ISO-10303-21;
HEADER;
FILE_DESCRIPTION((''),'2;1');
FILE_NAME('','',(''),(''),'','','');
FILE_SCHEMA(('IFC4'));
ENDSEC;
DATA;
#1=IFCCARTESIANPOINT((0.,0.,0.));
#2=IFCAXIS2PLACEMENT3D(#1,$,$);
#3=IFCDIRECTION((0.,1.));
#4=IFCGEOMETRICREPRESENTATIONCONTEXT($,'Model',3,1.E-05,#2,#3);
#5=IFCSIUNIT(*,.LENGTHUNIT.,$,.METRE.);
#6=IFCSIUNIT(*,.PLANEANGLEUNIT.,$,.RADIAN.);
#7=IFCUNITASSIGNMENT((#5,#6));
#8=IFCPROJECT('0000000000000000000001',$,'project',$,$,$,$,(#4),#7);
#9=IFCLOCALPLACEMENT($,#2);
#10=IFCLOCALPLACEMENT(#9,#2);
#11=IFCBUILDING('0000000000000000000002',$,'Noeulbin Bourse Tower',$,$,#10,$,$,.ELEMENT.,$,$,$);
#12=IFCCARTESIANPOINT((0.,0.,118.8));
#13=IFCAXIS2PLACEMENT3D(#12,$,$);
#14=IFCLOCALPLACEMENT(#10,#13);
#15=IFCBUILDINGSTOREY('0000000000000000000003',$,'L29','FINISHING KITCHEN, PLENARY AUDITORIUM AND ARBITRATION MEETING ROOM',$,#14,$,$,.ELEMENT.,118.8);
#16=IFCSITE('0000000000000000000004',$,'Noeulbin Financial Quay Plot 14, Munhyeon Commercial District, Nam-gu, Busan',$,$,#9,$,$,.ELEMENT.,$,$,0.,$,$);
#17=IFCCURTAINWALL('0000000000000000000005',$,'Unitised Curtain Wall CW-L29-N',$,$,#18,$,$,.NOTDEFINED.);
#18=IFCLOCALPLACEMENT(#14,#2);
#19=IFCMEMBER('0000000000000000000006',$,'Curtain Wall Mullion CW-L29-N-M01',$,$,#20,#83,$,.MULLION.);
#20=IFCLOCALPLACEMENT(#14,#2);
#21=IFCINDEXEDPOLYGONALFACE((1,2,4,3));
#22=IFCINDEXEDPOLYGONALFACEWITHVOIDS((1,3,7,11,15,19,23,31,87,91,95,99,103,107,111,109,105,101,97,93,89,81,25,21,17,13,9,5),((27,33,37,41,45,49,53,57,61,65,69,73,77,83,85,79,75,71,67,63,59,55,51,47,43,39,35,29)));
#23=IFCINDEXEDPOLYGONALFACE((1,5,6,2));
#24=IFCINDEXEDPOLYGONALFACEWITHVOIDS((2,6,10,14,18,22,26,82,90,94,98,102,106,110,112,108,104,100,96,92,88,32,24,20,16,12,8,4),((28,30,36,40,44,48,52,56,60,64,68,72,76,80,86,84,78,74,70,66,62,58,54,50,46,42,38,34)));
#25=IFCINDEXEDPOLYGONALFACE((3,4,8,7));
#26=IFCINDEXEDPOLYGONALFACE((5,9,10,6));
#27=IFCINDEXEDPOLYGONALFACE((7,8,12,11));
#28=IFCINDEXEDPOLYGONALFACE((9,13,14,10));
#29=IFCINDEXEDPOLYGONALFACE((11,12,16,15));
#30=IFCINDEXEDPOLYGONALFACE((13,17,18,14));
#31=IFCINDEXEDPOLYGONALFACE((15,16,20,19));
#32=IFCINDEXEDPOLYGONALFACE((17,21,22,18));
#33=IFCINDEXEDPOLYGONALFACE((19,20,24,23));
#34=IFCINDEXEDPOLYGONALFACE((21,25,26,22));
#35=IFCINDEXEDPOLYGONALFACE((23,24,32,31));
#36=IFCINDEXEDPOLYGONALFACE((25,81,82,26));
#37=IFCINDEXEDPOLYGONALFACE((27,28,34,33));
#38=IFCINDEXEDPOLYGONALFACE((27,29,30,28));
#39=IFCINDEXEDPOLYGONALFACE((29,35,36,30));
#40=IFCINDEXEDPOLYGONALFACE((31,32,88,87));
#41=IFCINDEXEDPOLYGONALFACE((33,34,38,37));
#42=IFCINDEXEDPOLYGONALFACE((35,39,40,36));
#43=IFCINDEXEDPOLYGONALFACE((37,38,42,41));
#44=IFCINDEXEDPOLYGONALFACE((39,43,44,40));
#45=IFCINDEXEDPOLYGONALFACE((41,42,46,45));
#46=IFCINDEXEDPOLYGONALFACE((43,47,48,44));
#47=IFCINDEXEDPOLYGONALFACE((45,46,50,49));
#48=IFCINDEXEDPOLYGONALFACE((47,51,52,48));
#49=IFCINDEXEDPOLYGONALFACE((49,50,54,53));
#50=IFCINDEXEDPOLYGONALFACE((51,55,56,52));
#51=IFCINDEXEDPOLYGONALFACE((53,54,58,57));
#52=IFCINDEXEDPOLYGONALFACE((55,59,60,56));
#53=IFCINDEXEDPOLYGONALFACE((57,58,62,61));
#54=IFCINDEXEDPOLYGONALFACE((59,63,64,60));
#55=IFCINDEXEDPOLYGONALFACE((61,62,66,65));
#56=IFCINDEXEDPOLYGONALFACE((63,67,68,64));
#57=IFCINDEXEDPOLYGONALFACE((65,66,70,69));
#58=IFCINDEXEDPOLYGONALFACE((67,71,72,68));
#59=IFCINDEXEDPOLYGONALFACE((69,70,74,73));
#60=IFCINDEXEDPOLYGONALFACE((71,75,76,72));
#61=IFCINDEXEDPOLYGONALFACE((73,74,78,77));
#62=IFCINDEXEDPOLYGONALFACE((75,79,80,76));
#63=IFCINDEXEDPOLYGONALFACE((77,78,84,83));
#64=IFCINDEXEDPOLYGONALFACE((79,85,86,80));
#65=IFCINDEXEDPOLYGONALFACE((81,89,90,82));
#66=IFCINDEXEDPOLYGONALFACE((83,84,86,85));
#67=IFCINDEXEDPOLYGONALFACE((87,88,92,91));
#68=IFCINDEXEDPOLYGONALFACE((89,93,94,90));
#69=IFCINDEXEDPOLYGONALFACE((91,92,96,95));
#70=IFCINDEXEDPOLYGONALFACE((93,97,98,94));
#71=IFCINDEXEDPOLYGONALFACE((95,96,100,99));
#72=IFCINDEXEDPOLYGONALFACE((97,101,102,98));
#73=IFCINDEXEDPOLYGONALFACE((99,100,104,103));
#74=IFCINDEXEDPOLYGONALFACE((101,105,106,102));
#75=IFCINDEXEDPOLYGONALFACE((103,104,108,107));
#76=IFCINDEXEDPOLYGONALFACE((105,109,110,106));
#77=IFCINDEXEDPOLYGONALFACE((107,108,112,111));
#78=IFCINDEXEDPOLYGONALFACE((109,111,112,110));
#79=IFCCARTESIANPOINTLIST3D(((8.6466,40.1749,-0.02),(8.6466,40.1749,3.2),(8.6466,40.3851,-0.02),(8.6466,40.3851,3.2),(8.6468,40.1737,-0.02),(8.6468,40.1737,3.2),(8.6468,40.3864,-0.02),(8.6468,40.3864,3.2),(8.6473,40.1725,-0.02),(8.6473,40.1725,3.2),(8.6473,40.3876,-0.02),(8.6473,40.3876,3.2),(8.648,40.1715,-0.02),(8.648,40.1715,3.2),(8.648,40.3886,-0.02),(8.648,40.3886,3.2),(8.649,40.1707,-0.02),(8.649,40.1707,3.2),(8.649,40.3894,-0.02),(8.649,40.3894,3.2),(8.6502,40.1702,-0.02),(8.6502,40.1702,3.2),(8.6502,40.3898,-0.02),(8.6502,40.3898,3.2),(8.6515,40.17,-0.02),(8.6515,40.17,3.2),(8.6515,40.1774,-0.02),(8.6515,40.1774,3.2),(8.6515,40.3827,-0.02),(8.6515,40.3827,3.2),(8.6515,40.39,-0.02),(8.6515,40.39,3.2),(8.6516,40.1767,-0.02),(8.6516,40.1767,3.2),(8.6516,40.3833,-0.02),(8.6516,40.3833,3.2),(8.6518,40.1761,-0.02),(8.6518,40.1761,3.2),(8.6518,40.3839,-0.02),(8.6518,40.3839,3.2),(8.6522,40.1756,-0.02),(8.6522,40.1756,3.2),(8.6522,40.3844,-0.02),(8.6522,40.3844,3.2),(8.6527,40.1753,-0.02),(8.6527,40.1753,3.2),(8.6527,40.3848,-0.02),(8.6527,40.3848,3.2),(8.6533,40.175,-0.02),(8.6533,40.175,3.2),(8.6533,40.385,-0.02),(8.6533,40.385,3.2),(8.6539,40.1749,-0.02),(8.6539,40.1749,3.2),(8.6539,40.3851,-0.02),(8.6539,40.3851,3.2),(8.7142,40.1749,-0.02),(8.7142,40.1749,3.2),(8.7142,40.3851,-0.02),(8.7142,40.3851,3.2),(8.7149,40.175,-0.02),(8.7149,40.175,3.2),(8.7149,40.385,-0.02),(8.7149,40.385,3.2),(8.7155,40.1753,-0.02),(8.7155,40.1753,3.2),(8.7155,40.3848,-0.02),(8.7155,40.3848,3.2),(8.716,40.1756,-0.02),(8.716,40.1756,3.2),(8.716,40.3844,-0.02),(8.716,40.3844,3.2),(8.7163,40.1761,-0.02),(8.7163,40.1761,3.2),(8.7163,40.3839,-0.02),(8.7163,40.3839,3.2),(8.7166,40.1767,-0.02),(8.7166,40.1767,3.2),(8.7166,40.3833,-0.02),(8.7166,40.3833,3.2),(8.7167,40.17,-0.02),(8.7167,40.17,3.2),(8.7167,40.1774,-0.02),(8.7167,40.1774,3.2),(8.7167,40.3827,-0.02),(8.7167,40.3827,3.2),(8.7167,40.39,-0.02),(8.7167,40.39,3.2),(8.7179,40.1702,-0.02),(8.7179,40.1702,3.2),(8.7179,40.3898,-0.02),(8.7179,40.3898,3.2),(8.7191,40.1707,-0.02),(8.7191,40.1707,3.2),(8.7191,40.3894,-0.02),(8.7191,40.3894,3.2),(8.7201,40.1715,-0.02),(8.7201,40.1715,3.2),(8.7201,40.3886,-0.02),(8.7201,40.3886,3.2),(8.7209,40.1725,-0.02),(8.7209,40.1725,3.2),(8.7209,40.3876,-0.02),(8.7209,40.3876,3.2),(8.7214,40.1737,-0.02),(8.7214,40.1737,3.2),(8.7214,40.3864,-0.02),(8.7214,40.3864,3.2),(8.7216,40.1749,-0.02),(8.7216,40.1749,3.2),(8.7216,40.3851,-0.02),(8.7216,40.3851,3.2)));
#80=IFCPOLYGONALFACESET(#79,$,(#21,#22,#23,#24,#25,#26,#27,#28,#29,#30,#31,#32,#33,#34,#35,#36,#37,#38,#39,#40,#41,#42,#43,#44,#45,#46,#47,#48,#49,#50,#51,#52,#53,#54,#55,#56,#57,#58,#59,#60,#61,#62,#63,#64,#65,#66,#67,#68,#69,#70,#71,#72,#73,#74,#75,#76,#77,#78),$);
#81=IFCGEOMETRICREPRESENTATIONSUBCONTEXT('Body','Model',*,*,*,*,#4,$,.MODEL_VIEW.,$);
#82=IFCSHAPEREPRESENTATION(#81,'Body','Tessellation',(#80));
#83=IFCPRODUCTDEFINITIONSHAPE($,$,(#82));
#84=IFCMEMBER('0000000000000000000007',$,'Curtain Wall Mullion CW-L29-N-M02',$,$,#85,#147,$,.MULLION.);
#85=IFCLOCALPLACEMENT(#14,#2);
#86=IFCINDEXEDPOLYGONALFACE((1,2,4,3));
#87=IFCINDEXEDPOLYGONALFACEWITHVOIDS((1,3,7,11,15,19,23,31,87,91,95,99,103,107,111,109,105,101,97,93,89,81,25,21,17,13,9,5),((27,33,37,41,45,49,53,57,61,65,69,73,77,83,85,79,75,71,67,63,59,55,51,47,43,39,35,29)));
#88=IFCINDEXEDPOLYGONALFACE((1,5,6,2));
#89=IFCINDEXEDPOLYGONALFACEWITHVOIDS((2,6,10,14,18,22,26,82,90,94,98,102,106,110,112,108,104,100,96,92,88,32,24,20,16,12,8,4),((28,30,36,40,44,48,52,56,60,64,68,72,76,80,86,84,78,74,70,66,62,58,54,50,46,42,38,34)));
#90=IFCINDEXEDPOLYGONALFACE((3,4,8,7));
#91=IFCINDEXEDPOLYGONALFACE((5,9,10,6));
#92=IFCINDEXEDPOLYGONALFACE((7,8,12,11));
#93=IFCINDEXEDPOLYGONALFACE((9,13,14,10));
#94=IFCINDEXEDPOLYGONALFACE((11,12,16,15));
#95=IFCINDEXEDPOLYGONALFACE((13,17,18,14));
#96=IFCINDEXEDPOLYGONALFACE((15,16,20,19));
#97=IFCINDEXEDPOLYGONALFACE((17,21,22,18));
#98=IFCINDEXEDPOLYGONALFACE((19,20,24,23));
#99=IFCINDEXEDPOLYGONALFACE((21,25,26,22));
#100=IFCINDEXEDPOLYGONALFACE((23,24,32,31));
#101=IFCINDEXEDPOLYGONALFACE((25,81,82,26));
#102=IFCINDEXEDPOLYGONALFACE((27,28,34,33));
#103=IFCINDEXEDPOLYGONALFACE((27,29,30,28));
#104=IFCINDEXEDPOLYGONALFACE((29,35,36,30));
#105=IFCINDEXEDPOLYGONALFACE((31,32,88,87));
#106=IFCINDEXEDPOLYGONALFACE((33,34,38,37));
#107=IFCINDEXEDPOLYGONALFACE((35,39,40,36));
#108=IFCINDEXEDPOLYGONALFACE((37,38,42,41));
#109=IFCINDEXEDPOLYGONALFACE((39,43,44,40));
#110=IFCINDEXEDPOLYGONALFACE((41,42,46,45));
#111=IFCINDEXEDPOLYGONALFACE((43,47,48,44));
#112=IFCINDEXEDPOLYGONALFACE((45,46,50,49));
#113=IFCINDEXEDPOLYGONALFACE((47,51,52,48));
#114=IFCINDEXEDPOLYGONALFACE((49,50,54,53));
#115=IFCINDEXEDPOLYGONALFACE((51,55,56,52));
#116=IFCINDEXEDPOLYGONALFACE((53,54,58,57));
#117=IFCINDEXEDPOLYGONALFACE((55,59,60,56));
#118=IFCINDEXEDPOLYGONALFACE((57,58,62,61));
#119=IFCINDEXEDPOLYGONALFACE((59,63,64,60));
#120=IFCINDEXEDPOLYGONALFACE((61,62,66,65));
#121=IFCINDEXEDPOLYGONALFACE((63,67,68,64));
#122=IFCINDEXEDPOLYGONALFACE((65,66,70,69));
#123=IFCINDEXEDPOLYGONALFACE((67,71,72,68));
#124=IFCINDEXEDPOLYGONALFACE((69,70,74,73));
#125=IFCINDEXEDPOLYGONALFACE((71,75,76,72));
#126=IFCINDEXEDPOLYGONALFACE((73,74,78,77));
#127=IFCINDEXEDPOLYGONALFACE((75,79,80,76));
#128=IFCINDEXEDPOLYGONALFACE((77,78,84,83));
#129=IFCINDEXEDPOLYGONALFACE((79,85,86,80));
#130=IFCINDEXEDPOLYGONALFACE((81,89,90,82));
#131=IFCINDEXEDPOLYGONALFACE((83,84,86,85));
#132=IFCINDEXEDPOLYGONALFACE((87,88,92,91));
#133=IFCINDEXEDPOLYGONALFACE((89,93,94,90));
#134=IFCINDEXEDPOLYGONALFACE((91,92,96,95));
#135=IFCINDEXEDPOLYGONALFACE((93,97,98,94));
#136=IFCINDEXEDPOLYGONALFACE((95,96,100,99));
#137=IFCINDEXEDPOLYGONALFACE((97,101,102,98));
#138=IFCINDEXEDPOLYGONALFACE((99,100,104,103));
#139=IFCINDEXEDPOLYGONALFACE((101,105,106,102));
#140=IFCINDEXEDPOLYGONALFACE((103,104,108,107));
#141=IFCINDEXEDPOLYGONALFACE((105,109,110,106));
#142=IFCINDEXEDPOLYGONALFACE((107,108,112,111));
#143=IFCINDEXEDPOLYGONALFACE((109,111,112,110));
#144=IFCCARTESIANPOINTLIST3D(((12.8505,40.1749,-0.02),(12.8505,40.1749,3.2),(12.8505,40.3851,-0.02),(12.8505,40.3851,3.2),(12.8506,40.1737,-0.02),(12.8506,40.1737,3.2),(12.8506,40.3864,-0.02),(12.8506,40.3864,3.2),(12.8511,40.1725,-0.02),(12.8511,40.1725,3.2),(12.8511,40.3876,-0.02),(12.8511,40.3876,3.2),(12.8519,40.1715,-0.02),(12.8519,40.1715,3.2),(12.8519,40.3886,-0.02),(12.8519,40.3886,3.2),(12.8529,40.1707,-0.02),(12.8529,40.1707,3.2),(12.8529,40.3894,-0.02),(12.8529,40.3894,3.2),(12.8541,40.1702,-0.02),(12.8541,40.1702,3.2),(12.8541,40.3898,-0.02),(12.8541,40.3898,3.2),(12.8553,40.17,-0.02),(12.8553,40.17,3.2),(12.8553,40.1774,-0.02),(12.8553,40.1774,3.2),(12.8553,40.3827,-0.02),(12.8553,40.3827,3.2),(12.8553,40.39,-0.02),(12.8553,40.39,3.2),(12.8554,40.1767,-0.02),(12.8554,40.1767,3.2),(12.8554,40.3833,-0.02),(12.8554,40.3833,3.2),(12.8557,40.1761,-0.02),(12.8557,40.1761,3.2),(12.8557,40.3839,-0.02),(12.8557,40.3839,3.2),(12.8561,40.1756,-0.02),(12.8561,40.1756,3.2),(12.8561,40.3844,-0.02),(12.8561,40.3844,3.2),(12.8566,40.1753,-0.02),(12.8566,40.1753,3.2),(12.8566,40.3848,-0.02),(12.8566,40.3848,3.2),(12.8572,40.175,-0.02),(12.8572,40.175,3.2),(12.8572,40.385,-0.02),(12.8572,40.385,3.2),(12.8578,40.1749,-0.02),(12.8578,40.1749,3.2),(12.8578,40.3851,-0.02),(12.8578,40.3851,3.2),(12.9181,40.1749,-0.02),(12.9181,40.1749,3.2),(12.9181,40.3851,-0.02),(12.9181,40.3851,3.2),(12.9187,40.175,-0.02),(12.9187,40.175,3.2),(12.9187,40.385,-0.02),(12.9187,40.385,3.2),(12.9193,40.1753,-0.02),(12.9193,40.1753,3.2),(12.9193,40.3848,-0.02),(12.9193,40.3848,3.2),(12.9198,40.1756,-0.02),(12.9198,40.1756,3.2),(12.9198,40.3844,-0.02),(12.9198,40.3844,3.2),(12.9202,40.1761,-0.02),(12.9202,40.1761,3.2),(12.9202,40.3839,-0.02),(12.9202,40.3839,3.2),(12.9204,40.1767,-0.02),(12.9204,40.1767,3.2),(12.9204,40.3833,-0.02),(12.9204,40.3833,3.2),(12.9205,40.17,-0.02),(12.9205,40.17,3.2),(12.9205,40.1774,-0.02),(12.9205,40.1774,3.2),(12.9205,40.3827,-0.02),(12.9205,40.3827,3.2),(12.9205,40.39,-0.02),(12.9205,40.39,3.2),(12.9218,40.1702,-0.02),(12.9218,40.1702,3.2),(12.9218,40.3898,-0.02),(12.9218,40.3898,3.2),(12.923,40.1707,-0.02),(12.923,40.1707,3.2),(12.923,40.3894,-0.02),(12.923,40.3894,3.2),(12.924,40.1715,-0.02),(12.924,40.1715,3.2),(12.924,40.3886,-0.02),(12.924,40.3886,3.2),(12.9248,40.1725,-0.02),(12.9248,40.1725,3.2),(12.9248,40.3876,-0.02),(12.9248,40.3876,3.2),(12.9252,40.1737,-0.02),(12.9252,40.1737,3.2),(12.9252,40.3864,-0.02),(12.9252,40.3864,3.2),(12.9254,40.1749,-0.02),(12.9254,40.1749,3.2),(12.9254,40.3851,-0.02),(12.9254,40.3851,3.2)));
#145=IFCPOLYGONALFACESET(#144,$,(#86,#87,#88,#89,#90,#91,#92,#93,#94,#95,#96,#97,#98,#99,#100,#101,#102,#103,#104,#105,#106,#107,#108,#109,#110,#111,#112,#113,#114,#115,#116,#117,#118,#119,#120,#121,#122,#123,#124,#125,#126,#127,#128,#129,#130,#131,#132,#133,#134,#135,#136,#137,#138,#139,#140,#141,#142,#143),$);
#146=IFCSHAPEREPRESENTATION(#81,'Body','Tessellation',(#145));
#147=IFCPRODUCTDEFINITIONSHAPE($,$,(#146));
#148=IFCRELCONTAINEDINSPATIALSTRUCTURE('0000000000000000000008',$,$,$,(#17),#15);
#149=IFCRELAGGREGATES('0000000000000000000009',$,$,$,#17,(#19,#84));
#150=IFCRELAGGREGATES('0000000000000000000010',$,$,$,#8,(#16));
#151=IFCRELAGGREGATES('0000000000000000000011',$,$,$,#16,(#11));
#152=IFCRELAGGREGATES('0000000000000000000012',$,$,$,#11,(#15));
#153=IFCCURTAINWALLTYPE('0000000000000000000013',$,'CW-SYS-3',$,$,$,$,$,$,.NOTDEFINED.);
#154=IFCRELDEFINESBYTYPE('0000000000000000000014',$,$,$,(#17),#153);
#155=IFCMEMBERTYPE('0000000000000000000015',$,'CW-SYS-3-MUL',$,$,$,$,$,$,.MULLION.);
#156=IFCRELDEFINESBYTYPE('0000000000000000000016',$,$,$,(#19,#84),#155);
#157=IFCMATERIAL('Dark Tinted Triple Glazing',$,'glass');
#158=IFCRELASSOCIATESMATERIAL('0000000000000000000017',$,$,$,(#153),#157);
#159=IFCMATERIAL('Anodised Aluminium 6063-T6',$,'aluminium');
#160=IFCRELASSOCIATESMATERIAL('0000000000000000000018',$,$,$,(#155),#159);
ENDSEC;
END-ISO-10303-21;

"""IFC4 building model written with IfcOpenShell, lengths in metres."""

from ifc_helpers import new_model, si_unit, direction, frame, origin, origin_2d, place, context, subcontext, project, spatial, hollow_rectangle, extrude, material, material_profile, profile_set, type_object, element, aggregate, save


model = new_model("IFC4")

# Units and contexts
model_context = context("Model", 3, precision=1e-05, world=origin(), true_north=direction((0.0, 1.0)))
body_context = subcontext(model_context, "Body", "Model", "MODEL_VIEW")
ifc_project = project(units=[si_unit("LENGTHUNIT", "METRE"), si_unit("PLANEANGLEUNIT", "RADIAN")], contexts=[model_context])

# Site, building, storey
site_placement = place(None, origin())
site = spatial("IfcSite", under=ifc_project, at=site_placement, Name="Noeulbin Financial Quay Plot 14, Munhyeon Commercial District, Nam-gu, Busan", CompositionType="ELEMENT", RefElevation=0.0)
building_placement = place(site_placement, origin())
building = spatial("IfcBuilding", under=site, at=building_placement, Name="Noeulbin Bourse Tower", CompositionType="ELEMENT")
storey_placement = place(building_placement, frame((0.0, 0.0, 118.8)))
storey = spatial("IfcBuildingStorey", under=building, at=storey_placement, Name="L29", Description="FINISHING KITCHEN, PLENARY AUDITORIUM AND ARBITRATION MEETING ROOM", CompositionType="ELEMENT", Elevation=118.8)

# Curtain wall, members
ifc_material_1 = material(Name="Dark Tinted Triple Glazing", Category="glass")
curtain_wall_type = type_object("IfcCurtainWallType", Name="CW-SYS-3", PredefinedType="NOTDEFINED", material=ifc_material_1)
curtain_wall_1_placement = place(storey_placement, origin())
curtain_wall_1 = element("IfcCurtainWall", 1, at=curtain_wall_1_placement, inside=storey, type_object=curtain_wall_type, Name="Unitised Curtain Wall CW-L29-N", PredefinedType="NOTDEFINED")
ifc_material_2 = material(Name="Anodised Aluminium 6063-T6", Category="aluminium")
ifc_material_profile_1 = material_profile(ifc_material_2, hollow_rectangle(XDim=0.075, YDim=0.22, WallThickness=0.0049, InnerFilletRadius=0.0024, OuterFilletRadius=0.0049, at=origin_2d()), Name="ALU-MULL-75x220x5", Category="LoadBearing")
ifc_profile_set_1 = profile_set([ifc_material_profile_1], Name="Anodised Aluminium 6063-T6")
member_type_1 = type_object("IfcMemberType", Name="CW-SYS-3-MUL", PredefinedType="MULLION", material=ifc_profile_set_1)
member_1_placement = place(storey_placement, frame((8.6841, 40.28, -0.02), z_axis=(0.0, 0.0, 1.0), x_axis=(1.0, 0.0, 0.0)))
member_1 = element("IfcMember", 2, at=member_1_placement, type_object=member_type_1, Name="Curtain Wall Mullion CW-L29-N-M01", PredefinedType="MULLION", context=body_context, shape_type="SweptSolid", body=[
    extrude(hollow_rectangle(XDim=0.075, YDim=0.22, WallThickness=0.0049, InnerFilletRadius=0.0024, OuterFilletRadius=0.0049, at=origin_2d()), origin(), (0.0, 0.0, 1.0), 3.22),
])
member_2_placement = place(storey_placement, frame((12.8879, 40.28, -0.02), z_axis=(0.0, 0.0, 1.0), x_axis=(1.0, 0.0, 0.0)))
member_2 = element("IfcMember", 3, at=member_2_placement, type_object=member_type_1, Name="Curtain Wall Mullion CW-L29-N-M02", PredefinedType="MULLION", context=body_context, shape_type="SweptSolid", body=[
    extrude(hollow_rectangle(XDim=0.075, YDim=0.22, WallThickness=0.0049, InnerFilletRadius=0.0024, OuterFilletRadius=0.0049, at=origin_2d()), origin(), (0.0, 0.0, 1.0), 3.22),
])

aggregate(curtain_wall_1, [member_1, member_2])

save(model, "model.ifc")
